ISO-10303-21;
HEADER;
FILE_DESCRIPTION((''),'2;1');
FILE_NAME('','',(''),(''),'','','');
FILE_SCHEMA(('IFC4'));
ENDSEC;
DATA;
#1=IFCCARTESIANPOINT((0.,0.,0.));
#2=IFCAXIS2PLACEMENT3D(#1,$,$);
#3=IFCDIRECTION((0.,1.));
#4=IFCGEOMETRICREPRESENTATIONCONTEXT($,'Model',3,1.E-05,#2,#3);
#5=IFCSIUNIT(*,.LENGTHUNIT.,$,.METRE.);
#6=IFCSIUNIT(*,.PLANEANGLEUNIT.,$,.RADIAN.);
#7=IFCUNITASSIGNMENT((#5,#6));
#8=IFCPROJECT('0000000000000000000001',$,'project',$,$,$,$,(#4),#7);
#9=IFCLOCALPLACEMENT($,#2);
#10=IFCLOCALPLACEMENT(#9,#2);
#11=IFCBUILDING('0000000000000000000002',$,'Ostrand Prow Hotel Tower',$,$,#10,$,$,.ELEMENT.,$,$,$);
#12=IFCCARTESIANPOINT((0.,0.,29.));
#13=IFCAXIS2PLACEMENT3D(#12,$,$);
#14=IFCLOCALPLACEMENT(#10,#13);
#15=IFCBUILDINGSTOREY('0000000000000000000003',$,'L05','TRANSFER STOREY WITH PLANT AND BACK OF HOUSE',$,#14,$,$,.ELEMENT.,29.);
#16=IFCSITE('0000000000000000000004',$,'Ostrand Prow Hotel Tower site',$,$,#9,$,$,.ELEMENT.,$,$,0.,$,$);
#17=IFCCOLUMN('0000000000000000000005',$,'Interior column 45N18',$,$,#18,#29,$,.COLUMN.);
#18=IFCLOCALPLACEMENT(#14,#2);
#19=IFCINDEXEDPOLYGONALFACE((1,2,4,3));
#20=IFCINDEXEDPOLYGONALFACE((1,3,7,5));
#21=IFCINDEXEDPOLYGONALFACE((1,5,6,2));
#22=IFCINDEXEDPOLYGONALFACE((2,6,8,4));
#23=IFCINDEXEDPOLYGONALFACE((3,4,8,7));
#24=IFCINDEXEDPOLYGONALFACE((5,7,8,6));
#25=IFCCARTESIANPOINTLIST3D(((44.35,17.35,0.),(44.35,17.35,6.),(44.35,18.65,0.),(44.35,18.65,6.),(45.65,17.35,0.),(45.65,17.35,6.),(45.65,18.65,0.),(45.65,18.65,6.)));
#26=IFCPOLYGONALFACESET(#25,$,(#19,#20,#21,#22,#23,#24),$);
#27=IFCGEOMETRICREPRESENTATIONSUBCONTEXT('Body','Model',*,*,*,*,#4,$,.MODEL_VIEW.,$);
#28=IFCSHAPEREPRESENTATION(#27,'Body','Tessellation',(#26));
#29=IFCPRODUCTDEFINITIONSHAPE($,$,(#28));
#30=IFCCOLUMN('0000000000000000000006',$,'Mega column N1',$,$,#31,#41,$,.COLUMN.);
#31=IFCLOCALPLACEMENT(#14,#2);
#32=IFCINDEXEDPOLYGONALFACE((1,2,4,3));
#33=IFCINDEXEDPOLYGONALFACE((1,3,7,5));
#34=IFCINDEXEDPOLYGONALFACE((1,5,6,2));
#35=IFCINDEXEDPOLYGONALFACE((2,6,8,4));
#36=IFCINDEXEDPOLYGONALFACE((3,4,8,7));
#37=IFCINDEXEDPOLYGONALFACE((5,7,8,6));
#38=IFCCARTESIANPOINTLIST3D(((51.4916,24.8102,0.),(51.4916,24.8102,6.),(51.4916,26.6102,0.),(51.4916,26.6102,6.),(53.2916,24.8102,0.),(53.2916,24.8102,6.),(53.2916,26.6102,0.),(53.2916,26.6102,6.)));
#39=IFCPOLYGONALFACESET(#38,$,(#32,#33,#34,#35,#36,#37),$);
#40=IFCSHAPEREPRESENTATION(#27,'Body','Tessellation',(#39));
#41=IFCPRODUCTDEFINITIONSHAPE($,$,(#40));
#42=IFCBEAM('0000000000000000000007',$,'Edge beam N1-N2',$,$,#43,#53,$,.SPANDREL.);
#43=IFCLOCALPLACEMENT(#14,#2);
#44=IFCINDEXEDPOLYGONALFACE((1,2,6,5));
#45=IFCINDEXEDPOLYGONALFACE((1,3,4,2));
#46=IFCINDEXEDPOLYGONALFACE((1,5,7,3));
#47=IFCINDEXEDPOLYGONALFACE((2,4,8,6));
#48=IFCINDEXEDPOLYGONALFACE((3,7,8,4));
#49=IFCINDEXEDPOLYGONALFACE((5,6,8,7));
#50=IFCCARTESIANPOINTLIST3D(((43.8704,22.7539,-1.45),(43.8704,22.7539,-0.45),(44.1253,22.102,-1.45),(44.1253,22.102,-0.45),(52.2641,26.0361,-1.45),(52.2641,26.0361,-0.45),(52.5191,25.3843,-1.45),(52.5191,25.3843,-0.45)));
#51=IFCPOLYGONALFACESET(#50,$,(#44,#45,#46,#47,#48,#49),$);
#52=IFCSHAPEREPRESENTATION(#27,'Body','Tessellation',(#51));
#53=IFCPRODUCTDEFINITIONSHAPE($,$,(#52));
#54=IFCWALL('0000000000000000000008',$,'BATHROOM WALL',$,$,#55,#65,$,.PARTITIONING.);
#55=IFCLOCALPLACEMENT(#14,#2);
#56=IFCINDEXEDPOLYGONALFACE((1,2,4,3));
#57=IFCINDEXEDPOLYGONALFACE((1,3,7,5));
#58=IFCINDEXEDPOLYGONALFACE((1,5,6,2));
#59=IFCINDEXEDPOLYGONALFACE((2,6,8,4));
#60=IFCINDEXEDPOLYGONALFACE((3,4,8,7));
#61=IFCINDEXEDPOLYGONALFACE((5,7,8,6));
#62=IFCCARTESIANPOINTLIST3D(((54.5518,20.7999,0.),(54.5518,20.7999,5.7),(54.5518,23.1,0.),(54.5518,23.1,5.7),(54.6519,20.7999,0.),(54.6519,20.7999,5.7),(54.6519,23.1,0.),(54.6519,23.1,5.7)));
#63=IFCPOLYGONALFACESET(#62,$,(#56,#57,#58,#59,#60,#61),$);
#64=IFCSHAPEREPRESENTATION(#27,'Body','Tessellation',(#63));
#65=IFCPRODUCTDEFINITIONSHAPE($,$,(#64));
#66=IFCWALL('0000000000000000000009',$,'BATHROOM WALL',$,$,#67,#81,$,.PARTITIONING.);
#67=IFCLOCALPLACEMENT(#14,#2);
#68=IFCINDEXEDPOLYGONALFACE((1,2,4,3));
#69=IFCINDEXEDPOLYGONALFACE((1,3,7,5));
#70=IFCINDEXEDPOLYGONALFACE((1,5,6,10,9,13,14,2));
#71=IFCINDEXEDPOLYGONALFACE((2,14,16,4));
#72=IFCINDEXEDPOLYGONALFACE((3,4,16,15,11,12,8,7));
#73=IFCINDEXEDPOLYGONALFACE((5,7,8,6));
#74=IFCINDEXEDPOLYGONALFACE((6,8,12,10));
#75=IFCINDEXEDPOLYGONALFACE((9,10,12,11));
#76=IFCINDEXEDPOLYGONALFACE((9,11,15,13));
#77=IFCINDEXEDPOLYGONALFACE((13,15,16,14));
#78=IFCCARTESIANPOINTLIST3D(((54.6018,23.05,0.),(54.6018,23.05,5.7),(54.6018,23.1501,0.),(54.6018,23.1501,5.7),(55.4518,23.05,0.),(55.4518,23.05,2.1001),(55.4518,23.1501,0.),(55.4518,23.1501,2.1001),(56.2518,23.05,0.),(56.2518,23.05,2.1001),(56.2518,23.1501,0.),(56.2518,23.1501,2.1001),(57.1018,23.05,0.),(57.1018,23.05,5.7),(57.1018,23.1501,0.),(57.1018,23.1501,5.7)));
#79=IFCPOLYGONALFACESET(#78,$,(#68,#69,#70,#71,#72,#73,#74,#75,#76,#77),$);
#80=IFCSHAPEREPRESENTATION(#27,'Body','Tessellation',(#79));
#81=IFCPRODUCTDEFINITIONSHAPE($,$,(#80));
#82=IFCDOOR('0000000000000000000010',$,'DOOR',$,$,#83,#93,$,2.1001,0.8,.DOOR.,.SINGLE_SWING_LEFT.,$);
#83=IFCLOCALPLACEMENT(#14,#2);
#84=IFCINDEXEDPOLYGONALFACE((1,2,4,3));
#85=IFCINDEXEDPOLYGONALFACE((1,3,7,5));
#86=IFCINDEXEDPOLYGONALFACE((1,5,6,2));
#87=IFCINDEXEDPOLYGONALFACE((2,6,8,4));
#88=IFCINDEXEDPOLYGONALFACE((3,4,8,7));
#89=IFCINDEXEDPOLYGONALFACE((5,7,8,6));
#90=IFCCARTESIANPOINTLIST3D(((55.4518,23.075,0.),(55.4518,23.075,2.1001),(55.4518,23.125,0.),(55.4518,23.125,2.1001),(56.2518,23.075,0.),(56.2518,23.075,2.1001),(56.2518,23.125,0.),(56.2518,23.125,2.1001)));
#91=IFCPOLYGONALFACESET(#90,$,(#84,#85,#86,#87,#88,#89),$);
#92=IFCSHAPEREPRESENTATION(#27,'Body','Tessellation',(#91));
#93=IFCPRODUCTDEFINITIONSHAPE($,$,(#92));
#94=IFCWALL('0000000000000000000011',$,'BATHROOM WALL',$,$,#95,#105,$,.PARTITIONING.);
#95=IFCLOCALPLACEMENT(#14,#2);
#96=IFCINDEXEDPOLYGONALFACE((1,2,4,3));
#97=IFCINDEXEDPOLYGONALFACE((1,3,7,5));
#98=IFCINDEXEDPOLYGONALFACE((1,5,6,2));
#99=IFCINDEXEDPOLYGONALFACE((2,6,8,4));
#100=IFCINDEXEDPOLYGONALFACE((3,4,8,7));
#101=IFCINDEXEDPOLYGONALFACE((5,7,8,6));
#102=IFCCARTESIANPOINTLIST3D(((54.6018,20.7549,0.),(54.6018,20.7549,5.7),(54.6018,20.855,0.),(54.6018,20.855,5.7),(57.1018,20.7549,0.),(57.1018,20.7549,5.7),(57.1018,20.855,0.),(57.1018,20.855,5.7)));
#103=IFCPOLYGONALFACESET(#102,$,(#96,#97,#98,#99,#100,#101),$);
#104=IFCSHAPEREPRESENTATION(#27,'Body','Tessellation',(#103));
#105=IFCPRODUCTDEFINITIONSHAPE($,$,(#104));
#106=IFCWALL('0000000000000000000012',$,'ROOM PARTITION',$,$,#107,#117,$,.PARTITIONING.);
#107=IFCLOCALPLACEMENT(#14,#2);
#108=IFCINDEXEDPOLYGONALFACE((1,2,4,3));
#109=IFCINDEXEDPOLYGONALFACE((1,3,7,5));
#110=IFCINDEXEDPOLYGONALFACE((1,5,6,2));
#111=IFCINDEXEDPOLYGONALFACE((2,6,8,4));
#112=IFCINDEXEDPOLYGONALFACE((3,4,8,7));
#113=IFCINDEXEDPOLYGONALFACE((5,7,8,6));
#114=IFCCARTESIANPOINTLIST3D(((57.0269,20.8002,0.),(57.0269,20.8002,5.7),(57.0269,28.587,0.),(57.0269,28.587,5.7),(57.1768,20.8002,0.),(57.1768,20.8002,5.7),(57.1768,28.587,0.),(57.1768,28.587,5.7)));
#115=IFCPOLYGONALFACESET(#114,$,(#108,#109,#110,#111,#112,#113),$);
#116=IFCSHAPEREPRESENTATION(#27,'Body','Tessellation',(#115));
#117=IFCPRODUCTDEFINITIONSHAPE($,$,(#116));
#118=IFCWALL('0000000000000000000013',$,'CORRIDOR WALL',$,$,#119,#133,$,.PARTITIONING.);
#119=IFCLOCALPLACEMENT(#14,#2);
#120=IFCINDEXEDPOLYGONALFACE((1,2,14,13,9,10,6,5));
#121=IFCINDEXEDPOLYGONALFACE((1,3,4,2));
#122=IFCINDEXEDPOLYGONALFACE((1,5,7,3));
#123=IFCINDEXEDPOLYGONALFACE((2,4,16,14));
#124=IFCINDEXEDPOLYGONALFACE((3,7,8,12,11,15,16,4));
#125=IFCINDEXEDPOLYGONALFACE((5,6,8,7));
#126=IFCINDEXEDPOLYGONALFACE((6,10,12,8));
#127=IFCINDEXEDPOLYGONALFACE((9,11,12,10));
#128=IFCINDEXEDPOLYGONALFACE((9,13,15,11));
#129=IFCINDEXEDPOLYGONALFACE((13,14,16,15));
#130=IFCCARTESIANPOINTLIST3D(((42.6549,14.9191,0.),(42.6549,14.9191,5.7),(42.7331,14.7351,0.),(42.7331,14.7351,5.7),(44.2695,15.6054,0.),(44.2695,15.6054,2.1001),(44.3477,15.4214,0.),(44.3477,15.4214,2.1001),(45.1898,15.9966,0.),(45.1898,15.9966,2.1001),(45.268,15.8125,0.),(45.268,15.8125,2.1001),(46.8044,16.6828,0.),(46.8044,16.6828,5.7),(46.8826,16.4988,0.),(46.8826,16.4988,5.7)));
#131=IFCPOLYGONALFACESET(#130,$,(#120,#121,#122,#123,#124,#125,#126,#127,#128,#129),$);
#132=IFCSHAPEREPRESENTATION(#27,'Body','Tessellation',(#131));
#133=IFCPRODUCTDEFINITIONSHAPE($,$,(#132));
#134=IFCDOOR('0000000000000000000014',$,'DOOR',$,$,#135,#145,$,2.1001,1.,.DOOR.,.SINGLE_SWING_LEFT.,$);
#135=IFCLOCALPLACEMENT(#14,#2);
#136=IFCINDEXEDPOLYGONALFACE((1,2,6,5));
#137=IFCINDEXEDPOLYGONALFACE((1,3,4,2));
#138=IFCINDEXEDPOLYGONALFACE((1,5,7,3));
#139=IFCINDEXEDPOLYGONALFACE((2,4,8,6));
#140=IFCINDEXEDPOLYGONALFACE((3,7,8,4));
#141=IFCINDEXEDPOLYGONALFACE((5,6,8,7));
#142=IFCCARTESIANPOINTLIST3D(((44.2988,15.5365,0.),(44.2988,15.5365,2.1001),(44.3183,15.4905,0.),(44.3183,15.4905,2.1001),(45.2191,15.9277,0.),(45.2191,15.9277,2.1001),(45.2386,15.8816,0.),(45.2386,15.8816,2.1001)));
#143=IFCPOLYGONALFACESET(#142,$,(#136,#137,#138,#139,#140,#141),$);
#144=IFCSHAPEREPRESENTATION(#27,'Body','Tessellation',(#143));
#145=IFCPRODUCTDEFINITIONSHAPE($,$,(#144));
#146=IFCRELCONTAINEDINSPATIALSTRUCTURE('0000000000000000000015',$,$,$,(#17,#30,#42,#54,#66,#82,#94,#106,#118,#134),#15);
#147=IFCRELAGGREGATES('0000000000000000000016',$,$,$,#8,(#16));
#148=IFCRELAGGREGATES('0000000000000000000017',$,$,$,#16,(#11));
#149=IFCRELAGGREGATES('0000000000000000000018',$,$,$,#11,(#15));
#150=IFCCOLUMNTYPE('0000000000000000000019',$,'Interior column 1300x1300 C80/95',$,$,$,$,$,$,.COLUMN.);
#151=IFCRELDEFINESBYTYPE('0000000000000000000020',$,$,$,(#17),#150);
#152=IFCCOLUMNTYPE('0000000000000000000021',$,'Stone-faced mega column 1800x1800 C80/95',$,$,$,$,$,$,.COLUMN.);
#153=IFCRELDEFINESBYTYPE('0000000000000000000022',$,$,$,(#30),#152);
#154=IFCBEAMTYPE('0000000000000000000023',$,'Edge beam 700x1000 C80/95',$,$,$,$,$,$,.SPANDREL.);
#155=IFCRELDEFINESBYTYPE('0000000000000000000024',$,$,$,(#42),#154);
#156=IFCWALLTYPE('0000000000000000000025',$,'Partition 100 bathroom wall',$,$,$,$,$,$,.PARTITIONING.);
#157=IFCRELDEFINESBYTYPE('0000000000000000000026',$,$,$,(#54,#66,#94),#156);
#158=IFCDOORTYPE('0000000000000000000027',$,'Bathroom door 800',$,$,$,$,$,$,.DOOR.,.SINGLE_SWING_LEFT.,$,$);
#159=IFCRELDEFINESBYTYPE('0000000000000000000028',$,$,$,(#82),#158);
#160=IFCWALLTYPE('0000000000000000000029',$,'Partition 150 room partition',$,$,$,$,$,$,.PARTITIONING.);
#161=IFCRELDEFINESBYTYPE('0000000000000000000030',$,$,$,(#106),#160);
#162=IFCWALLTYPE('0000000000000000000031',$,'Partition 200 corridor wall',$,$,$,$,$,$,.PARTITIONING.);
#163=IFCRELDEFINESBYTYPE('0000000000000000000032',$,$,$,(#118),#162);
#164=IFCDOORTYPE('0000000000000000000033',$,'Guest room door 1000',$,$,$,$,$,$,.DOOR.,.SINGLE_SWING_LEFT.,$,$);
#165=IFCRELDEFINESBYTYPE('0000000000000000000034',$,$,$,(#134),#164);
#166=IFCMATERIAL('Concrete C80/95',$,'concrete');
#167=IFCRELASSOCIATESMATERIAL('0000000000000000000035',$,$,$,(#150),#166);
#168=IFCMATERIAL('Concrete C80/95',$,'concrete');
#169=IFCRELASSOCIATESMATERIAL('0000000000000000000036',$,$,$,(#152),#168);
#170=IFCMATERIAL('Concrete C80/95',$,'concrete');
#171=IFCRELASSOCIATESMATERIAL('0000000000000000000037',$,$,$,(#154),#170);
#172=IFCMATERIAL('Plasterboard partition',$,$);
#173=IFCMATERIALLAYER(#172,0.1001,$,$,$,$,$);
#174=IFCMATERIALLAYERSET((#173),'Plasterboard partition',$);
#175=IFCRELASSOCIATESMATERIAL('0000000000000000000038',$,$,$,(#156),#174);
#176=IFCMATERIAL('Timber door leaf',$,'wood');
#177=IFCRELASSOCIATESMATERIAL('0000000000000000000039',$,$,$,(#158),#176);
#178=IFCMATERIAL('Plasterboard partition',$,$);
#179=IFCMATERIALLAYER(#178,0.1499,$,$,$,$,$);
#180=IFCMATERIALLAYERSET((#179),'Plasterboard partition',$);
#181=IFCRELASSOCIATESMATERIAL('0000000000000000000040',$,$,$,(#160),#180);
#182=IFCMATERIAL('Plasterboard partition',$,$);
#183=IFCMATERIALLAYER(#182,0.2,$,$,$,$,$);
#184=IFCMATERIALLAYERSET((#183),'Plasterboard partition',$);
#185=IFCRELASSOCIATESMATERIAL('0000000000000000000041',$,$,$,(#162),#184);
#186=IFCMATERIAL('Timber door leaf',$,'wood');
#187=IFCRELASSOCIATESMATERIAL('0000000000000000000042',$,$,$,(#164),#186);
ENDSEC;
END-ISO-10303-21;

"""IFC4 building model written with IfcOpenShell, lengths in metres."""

from ifc_helpers import new_model, si_unit, direction, frame, frame_2d, origin, origin_2d, place, context, subcontext, project, spatial, rectangle, extrude, material, layer, layer_set, material_profile, profile_set, type_object, element, fill, save


model = new_model("IFC4")

# Units and contexts
model_context = context("Model", 3, precision=1e-05, world=origin(), true_north=direction((0.0, 1.0)))
body_context = subcontext(model_context, "Body", "Model", "MODEL_VIEW")
ifc_project = project(units=[si_unit("LENGTHUNIT", "METRE"), si_unit("PLANEANGLEUNIT", "RADIAN")], contexts=[model_context])

# Site, building, storey
site_placement = place(None, origin())
site = spatial("IfcSite", under=ifc_project, at=site_placement, Name="Ostrand Prow Hotel Tower site", CompositionType="ELEMENT", RefElevation=0.0)
building_placement = place(site_placement, origin())
building = spatial("IfcBuilding", under=site, at=building_placement, Name="Ostrand Prow Hotel Tower", CompositionType="ELEMENT")
storey_placement = place(building_placement, frame((0.0, 0.0, 29.0)))
storey = spatial("IfcBuildingStorey", under=building, at=storey_placement, Name="L05", Description="TRANSFER STOREY WITH PLANT AND BACK OF HOUSE", CompositionType="ELEMENT", Elevation=29.0)

# Columns
ifc_material_1 = material(Name="Concrete C80/95", Category="concrete")
ifc_material_profile_1 = material_profile(ifc_material_1, rectangle(XDim=1.3, YDim=1.3, at=origin_2d()), Name="RC 1300x1300")
ifc_profile_set_1 = profile_set([ifc_material_profile_1], Name="Concrete C80/95")
column_type_1 = type_object("IfcColumnType", Name="Interior column 1300x1300 C80/95", PredefinedType="COLUMN", material=ifc_profile_set_1)
column_1_placement = place(storey_placement, frame((45.0, 18.0, 0.0), z_axis=(0.0, 0.0, 1.0), x_axis=(1.0, 0.0, 0.0)))
element("IfcColumn", 1, at=column_1_placement, inside=storey, type_object=column_type_1, Name="Interior column 45N18", PredefinedType="COLUMN", context=body_context, shape_type="SweptSolid", body=[
    extrude(rectangle(XDim=1.3, YDim=1.3, at=origin_2d()), origin(), (0.0, 0.0, 1.0), 6.0),
])
ifc_material_2 = material(Name="Concrete C80/95", Category="concrete")
ifc_material_profile_2 = material_profile(ifc_material_2, rectangle(XDim=1.8, YDim=1.8, at=origin_2d()), Name="RC 1800x1800")
ifc_profile_set_2 = profile_set([ifc_material_profile_2], Name="Concrete C80/95")
column_type_2 = type_object("IfcColumnType", Name="Stone-faced mega column 1800x1800 C80/95", PredefinedType="COLUMN", material=ifc_profile_set_2)
column_2_placement = place(storey_placement, frame((52.3916, 25.7102, 0.0), z_axis=(0.0, 0.0, 1.0), x_axis=(1.0, 0.0, 0.0)))
element("IfcColumn", 2, at=column_2_placement, inside=storey, type_object=column_type_2, Name="Mega column N1", PredefinedType="COLUMN", context=body_context, shape_type="SweptSolid", body=[
    extrude(rectangle(XDim=1.8, YDim=1.8, at=origin_2d()), origin(), (0.0, 0.0, 1.0), 6.0),
])

# Beam
ifc_material_3 = material(Name="Concrete C80/95", Category="concrete")
ifc_material_profile_3 = material_profile(ifc_material_3, rectangle(XDim=0.7, YDim=1.0, at=origin_2d()), Name="RC 700x1000")
ifc_profile_set_3 = profile_set([ifc_material_profile_3], Name="Concrete C80/95")
beam_type = type_object("IfcBeamType", Name="Edge beam 700x1000 C80/95", PredefinedType="SPANDREL", material=ifc_profile_set_3)
beam_placement = place(storey_placement, frame((52.3916, 25.7102, -0.95), z_axis=(-0.931329, -0.364178, 0.0), x_axis=(0.364178, -0.931329, 0.0)))
element("IfcBeam", 3, at=beam_placement, inside=storey, type_object=beam_type, Name="Edge beam N1-N2", PredefinedType="SPANDREL", context=body_context, shape_type="SweptSolid", body=[
    extrude(rectangle(XDim=0.7, YDim=1.0, at=origin_2d()), origin(), (0.0, 0.0, 1.0), 9.0127),
])

# Wall
ifc_material_4 = material(Name="Plasterboard partition")
ifc_layer_1 = layer(ifc_material_4, 0.1001)
ifc_layer_set_1 = layer_set([ifc_layer_1], Name="Plasterboard partition")
wall_type_1 = type_object("IfcWallType", Name="Partition 100 bathroom wall", PredefinedType="PARTITIONING", material=ifc_layer_set_1)
wall_1_placement = place(storey_placement, frame((54.6018, 20.8, 0.0), z_axis=(0.0, 0.0, 1.0), x_axis=(0.0, 1.0, 0.0)))
element("IfcWall", 4, at=wall_1_placement, inside=storey, type_object=wall_type_1, Name="BATHROOM WALL", PredefinedType="PARTITIONING", context=body_context, shape_type="SweptSolid", body=[
    extrude(rectangle(XDim=2.3, YDim=0.1001, at=frame_2d((1.1499, 0.0))), origin(), (0.0, 0.0, 1.0), 5.7),
])

# Wall, opening, door
wall_2_placement = place(storey_placement, frame((54.6018, 23.1001, 0.0), z_axis=(0.0, 0.0, 1.0), x_axis=(1.0, 0.0, 0.0)))
wall_2 = element("IfcWall", 5, at=wall_2_placement, inside=storey, type_object=wall_type_1, Name="BATHROOM WALL", PredefinedType="PARTITIONING", context=body_context, shape_type="SweptSolid", body=[
    extrude(rectangle(XDim=2.5, YDim=0.1001, at=frame_2d((1.25, 0.0))), origin(), (0.0, 0.0, 1.0), 5.7),
])
opening_1_placement = place(wall_2_placement, frame((0.8501, 0.0, 0.0)))
opening_1 = element("IfcOpeningElement", 6, at=opening_1_placement, cuts=wall_2, PredefinedType="OPENING", context=body_context, shape_type="SweptSolid", body=[
    extrude(rectangle(XDim=0.8, YDim=2.1001, at=frame_2d((0.3999, 1.05))), frame((0.0, 0.0601, 0.0), z_axis=(0.0, -1.0, 0.0), x_axis=(1.0, 0.0, 0.0)), (0.0, 0.0, 1.0), 0.1201),
])
ifc_material_5 = material(Name="Timber door leaf", Category="wood")
door_type_1 = type_object("IfcDoorType", Name="Bathroom door 800", OperationType="SINGLE_SWING_LEFT", PredefinedType="DOOR", material=ifc_material_5)
door_1_placement = place(opening_1_placement, origin())
door_1 = element("IfcDoor", 7, at=door_1_placement, inside=storey, type_object=door_type_1, Name="DOOR", OperationType="SINGLE_SWING_LEFT", OverallHeight=2.1001, OverallWidth=0.8, PredefinedType="DOOR", context=body_context, shape_type="SweptSolid", body=[
    extrude(rectangle(XDim=0.8, YDim=2.1001, at=frame_2d((0.3999, 1.05))), frame((0.0, 0.0249, 0.0), z_axis=(0.0, -1.0, 0.0), x_axis=(1.0, 0.0, 0.0)), (0.0, 0.0, 1.0), 0.05),
])
fill(opening_1, door_1)

# Walls
wall_3_placement = place(storey_placement, frame((57.1018, 20.8049, 0.0), z_axis=(0.0, 0.0, 1.0), x_axis=(-1.0, 0.0, 0.0)))
element("IfcWall", 8, at=wall_3_placement, inside=storey, type_object=wall_type_1, Name="BATHROOM WALL", PredefinedType="PARTITIONING", context=body_context, shape_type="SweptSolid", body=[
    extrude(rectangle(XDim=2.5, YDim=0.1001, at=frame_2d((1.25, 0.0))), origin(), (0.0, 0.0, 1.0), 5.7),
])
ifc_material_6 = material(Name="Plasterboard partition")
ifc_layer_2 = layer(ifc_material_6, 0.1499)
ifc_layer_set_2 = layer_set([ifc_layer_2], Name="Plasterboard partition")
wall_type_2 = type_object("IfcWallType", Name="Partition 150 room partition", PredefinedType="PARTITIONING", material=ifc_layer_set_2)
wall_4_placement = place(storey_placement, frame((57.1018, 20.8, 0.0), z_axis=(0.0, 0.0, 1.0), x_axis=(0.0, 1.0, 0.0)))
element("IfcWall", 9, at=wall_4_placement, inside=storey, type_object=wall_type_2, Name="ROOM PARTITION", PredefinedType="PARTITIONING", context=body_context, shape_type="SweptSolid", body=[
    extrude(rectangle(XDim=7.7869, YDim=0.1499, at=frame_2d((3.8936, 0.0))), origin(), (0.0, 0.0, 1.0), 5.7),
])

# Wall, opening, door
ifc_material_7 = material(Name="Plasterboard partition")
ifc_layer_3 = layer(ifc_material_7, 0.2)
ifc_layer_set_3 = layer_set([ifc_layer_3], Name="Plasterboard partition")
wall_type_3 = type_object("IfcWallType", Name="Partition 200 corridor wall", PredefinedType="PARTITIONING", material=ifc_layer_set_3)
wall_5_placement = place(storey_placement, frame((46.8435, 16.5908, 0.0), z_axis=(0.0, 0.0, 1.0), x_axis=(-0.920317, -0.391173, 0.0)))
wall_5 = element("IfcWall", 10, at=wall_5_placement, inside=storey, type_object=wall_type_3, Name="CORRIDOR WALL", PredefinedType="PARTITIONING", context=body_context, shape_type="SweptSolid", body=[
    extrude(rectangle(XDim=4.5088, YDim=0.2, at=frame_2d((2.2544, 0.0))), origin(), (0.0, 0.0, 1.0), 5.7),
])
opening_2_placement = place(wall_5_placement, frame((1.7544, 0.0, 0.0)))
opening_2 = element("IfcOpeningElement", 11, at=opening_2_placement, cuts=wall_5, PredefinedType="OPENING", context=body_context, shape_type="SweptSolid", body=[
    extrude(rectangle(XDim=1.0, YDim=2.1001, at=frame_2d((0.5, 1.05))), frame((0.0, 0.1099, 0.0), z_axis=(0.0, -1.0, 0.0), x_axis=(1.0, 0.0, 0.0)), (0.0, 0.0, 1.0), 0.22),
])
ifc_material_8 = material(Name="Timber door leaf", Category="wood")
door_type_2 = type_object("IfcDoorType", Name="Guest room door 1000", OperationType="SINGLE_SWING_LEFT", PredefinedType="DOOR", material=ifc_material_8)
door_2_placement = place(opening_2_placement, origin())
door_2 = element("IfcDoor", 12, at=door_2_placement, inside=storey, type_object=door_type_2, Name="DOOR", OperationType="SINGLE_SWING_LEFT", OverallHeight=2.1001, OverallWidth=1.0, PredefinedType="DOOR", context=body_context, shape_type="SweptSolid", body=[
    extrude(rectangle(XDim=1.0, YDim=2.1001, at=frame_2d((0.5, 1.05))), frame((0.0, 0.0249, 0.0), z_axis=(0.0, -1.0, 0.0), x_axis=(1.0, 0.0, 0.0)), (0.0, 0.0, 1.0), 0.05),
])
fill(opening_2, door_2)

save(model, "model.ifc")
